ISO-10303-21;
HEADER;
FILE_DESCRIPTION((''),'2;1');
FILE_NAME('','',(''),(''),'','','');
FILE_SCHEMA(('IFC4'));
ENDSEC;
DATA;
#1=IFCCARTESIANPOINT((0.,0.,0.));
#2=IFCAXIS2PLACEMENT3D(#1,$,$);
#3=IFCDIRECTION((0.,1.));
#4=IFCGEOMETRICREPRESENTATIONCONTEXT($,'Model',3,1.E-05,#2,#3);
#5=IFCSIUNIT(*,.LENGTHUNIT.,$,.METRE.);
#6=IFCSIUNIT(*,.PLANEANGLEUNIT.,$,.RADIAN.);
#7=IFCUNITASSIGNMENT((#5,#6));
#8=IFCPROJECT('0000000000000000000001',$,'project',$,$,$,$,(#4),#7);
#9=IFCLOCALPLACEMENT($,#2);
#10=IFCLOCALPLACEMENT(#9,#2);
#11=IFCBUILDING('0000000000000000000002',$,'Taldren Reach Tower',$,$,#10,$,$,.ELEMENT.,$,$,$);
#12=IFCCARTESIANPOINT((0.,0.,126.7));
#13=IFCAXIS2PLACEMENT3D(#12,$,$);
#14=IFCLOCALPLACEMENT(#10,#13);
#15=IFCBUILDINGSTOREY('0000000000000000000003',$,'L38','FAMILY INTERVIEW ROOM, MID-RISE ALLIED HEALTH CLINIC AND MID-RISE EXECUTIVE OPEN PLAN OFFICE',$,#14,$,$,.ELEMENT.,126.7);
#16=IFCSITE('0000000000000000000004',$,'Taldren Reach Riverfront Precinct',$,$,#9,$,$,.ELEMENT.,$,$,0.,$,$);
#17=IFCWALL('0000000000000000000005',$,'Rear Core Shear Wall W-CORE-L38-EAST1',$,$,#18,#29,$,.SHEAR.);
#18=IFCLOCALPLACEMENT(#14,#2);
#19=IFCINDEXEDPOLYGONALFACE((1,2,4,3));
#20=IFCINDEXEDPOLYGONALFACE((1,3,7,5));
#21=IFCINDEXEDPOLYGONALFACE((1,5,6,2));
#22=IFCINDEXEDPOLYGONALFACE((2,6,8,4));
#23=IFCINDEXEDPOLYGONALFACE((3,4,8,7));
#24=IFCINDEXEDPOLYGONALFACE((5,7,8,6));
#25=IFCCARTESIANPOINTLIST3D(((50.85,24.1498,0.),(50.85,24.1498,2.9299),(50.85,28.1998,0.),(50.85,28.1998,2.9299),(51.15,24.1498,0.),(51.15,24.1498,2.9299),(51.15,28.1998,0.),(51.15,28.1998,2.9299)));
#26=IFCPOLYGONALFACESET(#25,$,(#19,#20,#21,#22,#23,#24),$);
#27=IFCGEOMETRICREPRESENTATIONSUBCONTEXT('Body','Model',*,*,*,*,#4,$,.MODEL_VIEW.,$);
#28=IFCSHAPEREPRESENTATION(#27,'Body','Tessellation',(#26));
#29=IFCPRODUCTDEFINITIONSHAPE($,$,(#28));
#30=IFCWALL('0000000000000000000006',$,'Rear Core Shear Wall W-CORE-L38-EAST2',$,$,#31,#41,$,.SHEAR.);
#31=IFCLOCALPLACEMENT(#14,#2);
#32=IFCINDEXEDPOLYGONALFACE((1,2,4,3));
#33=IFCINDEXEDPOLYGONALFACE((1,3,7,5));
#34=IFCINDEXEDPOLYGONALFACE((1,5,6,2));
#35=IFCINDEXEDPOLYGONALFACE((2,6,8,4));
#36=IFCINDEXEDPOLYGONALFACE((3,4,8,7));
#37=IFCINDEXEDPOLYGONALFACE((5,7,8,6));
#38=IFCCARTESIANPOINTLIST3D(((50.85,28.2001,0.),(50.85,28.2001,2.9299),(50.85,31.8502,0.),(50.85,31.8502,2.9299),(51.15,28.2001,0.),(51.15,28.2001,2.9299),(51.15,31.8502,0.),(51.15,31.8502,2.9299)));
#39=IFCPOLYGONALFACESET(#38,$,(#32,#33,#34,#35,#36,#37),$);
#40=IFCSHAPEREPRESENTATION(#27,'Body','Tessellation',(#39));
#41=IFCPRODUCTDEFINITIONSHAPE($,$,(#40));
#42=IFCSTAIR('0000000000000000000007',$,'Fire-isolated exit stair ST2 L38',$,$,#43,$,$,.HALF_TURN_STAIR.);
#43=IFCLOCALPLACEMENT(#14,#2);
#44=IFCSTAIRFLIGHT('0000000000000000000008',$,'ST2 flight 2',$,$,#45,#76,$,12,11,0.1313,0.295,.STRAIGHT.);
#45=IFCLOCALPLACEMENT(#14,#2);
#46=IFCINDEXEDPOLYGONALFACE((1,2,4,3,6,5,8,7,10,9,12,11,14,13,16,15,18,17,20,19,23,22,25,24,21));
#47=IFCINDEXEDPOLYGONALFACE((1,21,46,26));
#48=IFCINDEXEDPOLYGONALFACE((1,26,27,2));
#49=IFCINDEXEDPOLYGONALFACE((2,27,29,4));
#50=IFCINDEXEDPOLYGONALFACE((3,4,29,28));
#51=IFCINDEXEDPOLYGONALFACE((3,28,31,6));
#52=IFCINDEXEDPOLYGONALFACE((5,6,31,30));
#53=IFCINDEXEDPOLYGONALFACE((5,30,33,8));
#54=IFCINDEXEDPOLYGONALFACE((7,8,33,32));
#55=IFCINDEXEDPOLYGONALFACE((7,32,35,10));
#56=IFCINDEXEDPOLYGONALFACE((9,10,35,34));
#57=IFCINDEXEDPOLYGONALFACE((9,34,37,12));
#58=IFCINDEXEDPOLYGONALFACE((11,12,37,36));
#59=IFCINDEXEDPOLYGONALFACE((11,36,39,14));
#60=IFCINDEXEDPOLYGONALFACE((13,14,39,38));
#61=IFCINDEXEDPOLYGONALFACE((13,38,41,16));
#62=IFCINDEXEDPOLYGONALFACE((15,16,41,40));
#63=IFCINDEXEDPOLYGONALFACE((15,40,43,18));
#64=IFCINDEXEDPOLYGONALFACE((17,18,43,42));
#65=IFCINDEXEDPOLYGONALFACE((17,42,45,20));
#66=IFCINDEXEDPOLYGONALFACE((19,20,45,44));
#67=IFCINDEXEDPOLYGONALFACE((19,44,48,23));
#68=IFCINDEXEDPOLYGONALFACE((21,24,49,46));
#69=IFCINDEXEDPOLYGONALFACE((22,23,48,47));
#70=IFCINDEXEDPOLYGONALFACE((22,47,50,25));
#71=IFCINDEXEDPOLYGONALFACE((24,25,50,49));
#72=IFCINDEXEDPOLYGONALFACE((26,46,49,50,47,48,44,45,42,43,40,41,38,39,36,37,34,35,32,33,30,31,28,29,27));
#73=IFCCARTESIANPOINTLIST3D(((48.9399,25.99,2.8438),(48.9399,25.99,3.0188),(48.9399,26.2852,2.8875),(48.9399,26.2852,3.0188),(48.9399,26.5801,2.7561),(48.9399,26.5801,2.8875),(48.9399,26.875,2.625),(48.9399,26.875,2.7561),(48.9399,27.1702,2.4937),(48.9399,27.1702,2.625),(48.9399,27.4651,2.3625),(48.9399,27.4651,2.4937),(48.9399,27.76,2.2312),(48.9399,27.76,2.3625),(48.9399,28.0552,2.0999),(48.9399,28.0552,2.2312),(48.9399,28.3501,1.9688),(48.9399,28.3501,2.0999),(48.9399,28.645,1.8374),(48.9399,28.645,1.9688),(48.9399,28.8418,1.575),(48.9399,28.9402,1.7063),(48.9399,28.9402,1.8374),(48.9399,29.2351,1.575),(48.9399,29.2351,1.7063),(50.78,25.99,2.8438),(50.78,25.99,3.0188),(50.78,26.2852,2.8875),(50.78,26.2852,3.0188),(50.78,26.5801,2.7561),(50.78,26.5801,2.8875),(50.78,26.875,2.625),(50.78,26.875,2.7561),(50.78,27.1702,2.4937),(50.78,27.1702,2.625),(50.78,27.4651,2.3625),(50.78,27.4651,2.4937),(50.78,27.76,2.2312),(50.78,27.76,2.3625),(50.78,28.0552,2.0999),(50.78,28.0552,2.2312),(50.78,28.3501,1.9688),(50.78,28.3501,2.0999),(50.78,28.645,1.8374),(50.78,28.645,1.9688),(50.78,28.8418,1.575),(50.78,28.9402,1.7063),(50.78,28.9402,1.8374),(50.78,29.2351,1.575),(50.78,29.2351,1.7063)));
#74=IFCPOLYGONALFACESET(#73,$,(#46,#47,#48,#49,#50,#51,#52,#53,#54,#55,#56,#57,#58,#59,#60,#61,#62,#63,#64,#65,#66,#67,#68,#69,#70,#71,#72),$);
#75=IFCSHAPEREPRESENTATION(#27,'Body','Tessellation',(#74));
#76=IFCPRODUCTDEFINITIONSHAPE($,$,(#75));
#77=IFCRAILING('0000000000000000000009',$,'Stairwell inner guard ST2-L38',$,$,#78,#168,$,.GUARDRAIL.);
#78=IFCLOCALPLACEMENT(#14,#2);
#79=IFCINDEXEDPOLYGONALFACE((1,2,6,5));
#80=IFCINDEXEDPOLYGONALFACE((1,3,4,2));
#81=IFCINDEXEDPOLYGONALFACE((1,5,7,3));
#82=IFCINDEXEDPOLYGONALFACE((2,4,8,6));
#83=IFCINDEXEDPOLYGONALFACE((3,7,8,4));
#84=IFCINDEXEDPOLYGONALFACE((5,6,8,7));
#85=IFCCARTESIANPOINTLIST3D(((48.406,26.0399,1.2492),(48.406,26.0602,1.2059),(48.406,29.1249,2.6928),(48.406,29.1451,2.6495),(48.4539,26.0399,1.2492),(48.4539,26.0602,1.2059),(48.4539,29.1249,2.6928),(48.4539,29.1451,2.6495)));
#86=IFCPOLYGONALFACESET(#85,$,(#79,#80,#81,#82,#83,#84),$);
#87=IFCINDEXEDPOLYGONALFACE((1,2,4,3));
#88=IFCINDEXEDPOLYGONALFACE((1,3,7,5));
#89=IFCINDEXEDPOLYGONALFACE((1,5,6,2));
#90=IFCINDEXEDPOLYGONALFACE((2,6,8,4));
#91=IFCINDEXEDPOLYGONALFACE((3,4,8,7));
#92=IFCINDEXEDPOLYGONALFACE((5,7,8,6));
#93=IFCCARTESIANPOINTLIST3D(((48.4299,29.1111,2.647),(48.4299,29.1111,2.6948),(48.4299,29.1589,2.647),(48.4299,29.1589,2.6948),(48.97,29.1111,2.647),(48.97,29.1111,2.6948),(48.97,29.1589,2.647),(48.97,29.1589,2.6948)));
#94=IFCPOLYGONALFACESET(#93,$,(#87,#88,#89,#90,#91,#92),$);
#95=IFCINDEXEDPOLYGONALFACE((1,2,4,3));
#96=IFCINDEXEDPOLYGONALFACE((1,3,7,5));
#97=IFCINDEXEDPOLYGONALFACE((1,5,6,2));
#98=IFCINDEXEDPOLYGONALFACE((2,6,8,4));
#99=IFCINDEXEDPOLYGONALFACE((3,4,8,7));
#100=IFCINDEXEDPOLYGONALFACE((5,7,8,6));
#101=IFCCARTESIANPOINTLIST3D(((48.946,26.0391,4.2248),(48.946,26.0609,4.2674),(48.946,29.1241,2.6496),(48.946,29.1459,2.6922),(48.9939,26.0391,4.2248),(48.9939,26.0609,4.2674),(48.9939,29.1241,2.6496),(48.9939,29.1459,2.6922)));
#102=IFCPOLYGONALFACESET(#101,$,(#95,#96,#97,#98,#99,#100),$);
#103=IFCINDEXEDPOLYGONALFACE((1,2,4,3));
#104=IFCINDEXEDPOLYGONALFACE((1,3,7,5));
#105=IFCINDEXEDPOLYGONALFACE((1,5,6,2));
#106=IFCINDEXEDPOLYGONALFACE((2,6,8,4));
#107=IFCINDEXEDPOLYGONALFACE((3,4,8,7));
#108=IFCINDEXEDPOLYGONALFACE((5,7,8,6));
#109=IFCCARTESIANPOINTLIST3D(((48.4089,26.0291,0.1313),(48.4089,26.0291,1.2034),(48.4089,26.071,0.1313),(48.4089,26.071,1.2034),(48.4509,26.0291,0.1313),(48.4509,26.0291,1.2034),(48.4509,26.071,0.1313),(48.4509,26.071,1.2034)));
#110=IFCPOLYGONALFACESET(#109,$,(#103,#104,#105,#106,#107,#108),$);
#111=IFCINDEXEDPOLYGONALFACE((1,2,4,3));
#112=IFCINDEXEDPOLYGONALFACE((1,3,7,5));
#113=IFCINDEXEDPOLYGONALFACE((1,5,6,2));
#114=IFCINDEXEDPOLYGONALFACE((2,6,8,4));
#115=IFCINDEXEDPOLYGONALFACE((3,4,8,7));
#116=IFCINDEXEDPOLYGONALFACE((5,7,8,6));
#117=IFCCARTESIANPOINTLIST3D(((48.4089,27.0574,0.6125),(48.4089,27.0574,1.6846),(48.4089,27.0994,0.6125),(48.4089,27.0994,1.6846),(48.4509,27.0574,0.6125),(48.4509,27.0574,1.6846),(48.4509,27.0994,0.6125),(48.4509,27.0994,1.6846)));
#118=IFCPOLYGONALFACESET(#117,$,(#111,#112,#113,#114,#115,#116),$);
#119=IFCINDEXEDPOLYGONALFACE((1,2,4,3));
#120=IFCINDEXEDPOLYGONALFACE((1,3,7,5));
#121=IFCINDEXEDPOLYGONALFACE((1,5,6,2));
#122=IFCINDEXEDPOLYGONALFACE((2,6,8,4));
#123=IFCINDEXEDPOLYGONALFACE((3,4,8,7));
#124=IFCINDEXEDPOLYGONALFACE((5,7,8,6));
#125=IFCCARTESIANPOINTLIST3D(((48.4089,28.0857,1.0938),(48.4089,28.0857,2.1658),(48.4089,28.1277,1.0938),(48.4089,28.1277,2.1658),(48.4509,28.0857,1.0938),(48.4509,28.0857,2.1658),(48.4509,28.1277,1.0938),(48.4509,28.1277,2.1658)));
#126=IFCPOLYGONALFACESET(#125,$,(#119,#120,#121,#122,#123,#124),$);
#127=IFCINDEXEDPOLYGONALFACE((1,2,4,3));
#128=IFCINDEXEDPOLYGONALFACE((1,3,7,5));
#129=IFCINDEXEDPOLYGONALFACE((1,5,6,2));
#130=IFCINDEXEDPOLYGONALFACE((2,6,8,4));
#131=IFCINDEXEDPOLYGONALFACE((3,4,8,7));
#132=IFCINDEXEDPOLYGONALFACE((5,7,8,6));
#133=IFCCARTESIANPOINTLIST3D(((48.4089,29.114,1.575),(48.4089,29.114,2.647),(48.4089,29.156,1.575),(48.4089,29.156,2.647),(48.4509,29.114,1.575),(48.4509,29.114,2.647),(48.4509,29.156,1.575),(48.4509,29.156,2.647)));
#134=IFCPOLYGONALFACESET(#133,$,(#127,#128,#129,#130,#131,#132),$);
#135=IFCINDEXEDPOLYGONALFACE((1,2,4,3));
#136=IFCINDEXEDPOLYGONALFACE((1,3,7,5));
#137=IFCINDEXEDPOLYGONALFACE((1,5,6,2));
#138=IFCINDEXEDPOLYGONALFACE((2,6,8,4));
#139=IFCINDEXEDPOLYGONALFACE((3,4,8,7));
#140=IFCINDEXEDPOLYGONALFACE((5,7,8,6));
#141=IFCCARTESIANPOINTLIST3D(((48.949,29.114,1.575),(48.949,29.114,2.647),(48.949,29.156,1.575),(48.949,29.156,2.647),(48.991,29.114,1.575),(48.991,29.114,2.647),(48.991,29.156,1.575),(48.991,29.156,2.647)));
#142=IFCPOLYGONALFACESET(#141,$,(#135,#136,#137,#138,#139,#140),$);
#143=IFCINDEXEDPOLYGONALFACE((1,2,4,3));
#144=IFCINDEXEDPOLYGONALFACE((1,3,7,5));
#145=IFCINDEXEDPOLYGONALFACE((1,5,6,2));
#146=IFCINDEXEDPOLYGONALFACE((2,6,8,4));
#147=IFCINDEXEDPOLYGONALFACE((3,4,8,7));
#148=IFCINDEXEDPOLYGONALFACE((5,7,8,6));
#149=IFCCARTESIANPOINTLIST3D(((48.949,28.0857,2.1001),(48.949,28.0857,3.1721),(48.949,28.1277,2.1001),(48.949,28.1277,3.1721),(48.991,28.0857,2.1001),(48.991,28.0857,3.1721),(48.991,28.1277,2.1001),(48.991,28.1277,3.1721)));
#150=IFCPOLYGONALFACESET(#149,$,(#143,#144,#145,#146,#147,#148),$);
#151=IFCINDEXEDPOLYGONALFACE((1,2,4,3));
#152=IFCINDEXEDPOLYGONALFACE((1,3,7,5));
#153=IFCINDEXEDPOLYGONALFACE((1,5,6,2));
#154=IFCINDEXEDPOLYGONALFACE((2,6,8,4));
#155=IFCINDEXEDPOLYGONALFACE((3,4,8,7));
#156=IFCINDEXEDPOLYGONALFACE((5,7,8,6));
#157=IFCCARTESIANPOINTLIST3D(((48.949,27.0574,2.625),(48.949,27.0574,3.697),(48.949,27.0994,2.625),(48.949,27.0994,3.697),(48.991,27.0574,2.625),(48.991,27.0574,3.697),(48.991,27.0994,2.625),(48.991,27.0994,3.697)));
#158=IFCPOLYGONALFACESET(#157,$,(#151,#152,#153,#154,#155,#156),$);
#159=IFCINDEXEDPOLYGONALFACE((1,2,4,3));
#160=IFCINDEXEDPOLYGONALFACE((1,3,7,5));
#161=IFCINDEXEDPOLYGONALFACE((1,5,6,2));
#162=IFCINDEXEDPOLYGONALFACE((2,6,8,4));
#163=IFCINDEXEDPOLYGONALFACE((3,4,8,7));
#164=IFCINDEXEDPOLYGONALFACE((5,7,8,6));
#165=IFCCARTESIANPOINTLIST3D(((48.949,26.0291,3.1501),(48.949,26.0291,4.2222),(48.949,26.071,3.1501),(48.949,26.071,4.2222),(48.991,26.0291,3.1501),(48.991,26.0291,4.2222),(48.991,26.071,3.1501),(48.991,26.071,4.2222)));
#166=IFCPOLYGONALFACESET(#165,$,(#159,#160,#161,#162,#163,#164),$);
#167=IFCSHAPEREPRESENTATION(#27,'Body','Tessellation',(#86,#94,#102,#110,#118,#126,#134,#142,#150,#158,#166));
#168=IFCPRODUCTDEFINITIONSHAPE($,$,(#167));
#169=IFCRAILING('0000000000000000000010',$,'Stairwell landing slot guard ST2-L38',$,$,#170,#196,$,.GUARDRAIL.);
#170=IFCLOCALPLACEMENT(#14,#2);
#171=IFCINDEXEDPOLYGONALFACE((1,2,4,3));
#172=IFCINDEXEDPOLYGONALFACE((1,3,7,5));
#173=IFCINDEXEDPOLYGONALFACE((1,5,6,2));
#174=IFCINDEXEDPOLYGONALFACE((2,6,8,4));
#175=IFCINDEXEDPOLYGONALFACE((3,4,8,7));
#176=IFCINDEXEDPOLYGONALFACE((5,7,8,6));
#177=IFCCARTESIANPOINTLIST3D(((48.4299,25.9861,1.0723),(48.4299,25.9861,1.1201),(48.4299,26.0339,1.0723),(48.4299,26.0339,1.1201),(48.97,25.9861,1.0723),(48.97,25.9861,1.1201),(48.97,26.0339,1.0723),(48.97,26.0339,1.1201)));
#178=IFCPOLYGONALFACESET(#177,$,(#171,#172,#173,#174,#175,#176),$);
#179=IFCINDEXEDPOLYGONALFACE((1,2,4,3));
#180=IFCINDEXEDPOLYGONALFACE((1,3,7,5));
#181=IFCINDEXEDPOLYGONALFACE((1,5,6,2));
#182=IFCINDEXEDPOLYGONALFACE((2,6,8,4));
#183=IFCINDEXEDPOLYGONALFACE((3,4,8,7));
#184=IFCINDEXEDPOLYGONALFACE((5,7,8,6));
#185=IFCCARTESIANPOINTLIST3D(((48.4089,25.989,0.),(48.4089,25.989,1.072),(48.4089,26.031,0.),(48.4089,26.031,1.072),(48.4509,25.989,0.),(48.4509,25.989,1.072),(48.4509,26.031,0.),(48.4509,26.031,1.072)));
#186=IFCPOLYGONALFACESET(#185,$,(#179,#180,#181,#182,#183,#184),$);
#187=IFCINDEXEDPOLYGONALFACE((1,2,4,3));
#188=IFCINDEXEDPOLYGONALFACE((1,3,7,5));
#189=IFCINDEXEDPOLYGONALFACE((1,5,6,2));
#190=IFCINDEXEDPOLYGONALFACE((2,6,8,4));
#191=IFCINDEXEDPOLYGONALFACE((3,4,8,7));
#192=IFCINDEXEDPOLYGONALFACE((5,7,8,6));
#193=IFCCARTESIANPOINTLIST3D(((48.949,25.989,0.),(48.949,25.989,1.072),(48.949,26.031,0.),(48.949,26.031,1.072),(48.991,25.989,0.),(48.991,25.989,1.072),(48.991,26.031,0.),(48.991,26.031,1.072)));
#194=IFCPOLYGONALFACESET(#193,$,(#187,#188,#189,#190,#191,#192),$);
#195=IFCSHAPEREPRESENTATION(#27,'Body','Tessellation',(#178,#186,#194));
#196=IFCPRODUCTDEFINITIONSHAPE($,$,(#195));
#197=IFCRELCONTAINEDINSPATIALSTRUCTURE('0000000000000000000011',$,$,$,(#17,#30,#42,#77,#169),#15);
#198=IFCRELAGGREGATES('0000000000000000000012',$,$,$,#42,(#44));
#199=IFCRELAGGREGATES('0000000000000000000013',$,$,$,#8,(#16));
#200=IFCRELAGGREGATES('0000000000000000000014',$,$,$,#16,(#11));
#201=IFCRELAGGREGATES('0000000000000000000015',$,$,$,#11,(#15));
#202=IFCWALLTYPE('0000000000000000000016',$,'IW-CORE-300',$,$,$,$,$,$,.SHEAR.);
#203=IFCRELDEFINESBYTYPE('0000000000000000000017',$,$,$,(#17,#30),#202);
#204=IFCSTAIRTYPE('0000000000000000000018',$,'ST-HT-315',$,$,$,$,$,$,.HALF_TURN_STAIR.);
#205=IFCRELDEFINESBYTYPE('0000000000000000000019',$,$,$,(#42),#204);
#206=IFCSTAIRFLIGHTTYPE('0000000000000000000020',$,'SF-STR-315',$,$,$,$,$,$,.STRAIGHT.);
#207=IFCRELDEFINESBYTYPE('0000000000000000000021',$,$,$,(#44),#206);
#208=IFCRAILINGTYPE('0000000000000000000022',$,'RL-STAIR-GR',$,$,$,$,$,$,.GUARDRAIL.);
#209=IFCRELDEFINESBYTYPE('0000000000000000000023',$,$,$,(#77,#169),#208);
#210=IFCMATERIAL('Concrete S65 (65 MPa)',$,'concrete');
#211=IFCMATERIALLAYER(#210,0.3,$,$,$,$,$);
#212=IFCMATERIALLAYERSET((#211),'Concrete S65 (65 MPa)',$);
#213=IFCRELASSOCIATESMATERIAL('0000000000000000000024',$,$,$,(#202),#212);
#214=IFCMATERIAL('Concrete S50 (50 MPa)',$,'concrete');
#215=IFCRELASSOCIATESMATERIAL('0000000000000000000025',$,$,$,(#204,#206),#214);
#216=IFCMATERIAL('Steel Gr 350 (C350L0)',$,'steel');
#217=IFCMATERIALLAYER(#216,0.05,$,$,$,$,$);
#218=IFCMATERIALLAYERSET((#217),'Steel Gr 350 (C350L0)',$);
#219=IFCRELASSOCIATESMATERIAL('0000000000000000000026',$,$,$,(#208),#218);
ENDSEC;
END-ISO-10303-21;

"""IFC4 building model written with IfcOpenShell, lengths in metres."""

from ifc_helpers import new_model, si_unit, direction, frame, frame_2d, origin, origin_2d, place, context, subcontext, project, spatial, polyline, rectangle, outline, extrude, source, transform, mapped, material, layer, layer_set, type_object, element, aggregate, save


model = new_model("IFC4")

# Units and contexts
model_context = context("Model", 3, precision=1e-05, world=origin(), true_north=direction((0.0, 1.0)))
body_context = subcontext(model_context, "Body", "Model", "MODEL_VIEW")
ifc_project = project(units=[si_unit("LENGTHUNIT", "METRE"), si_unit("PLANEANGLEUNIT", "RADIAN")], contexts=[model_context])

# Site, building, storey
site_placement = place(None, origin())
site = spatial("IfcSite", under=ifc_project, at=site_placement, Name="Taldren Reach Riverfront Precinct", CompositionType="ELEMENT", RefElevation=0.0)
building_placement = place(site_placement, origin())
building = spatial("IfcBuilding", under=site, at=building_placement, Name="Taldren Reach Tower", CompositionType="ELEMENT")
storey_placement = place(building_placement, frame((0.0, 0.0, 126.7)))
storey = spatial("IfcBuildingStorey", under=building, at=storey_placement, Name="L38", Description="FAMILY INTERVIEW ROOM, MID-RISE ALLIED HEALTH CLINIC AND MID-RISE EXECUTIVE OPEN PLAN OFFICE", CompositionType="ELEMENT", Elevation=126.7)

# Shared definitions
ifc_material_1 = material(Name="Steel Gr 350 (C350L0)", Category="steel")

# Walls
ifc_material_2 = material(Name="Concrete S65 (65 MPa)", Category="concrete")
ifc_layer_1 = layer(ifc_material_2, 0.3)
ifc_layer_set_1 = layer_set([ifc_layer_1], Name="Concrete S65 (65 MPa)")
wall_type = type_object("IfcWallType", Name="IW-CORE-300", PredefinedType="SHEAR", material=ifc_layer_set_1)
shared_shape_1 = source(origin(), body_context, "Body", "SweptSolid", [
    extrude(rectangle(XDim=4.05, YDim=0.3, at=frame_2d((2.0249, 0.0))), origin(), (0.0, 0.0, 1.0), 2.9299),
])
wall_1_placement = place(storey_placement, frame((51.0, 24.1499, 0.0), z_axis=(0.0, 0.0, 1.0), x_axis=(0.0, 1.0, 0.0)))
element("IfcWall", 1, at=wall_1_placement, inside=storey, type_object=wall_type, Name="Rear Core Shear Wall W-CORE-L38-EAST1", PredefinedType="SHEAR", context=body_context, shape_type="MappedRepresentation", body=[
    mapped(shared_shape_1, transform((0.0, 0.0, 0.0), scale=1.0)),
])
shared_shape_2 = source(origin(), body_context, "Body", "SweptSolid", [
    extrude(rectangle(XDim=3.6501, YDim=0.3, at=frame_2d((1.8252, 0.0))), origin(), (0.0, 0.0, 1.0), 2.9299),
])
wall_2_placement = place(storey_placement, frame((51.0, 28.2, 0.0), z_axis=(0.0, 0.0, 1.0), x_axis=(0.0, 1.0, 0.0)))
element("IfcWall", 2, at=wall_2_placement, inside=storey, type_object=wall_type, Name="Rear Core Shear Wall W-CORE-L38-EAST2", PredefinedType="SHEAR", context=body_context, shape_type="MappedRepresentation", body=[
    mapped(shared_shape_2, transform((0.0, 0.0, 0.0), scale=1.0)),
])

# Stair, stair flight
ifc_material_3 = material(Name="Concrete S50 (50 MPa)", Category="concrete")
stair_type = type_object("IfcStairType", Name="ST-HT-315", PredefinedType="HALF_TURN_STAIR", material=ifc_material_3)
stair_placement = place(storey_placement, origin())
stair = element("IfcStair", 3, at=stair_placement, inside=storey, type_object=stair_type, Name="Fire-isolated exit stair ST2 L38", PredefinedType="HALF_TURN_STAIR")
stair_flight_type = type_object("IfcStairFlightType", Name="SF-STR-315", PredefinedType="STRAIGHT", material=ifc_material_3)
stair_flight_placement = place(storey_placement, frame((49.8601, 29.2351, 1.575), z_axis=(0.0, 0.0, 1.0), x_axis=(0.0, -1.0, 0.0)))
stair_flight = element("IfcStairFlight", 4, at=stair_flight_placement, type_object=stair_flight_type, Name="ST2 flight 2", NumberOfRisers=12, NumberOfTreads=11, PredefinedType="STRAIGHT", RiserHeight=0.1313, TreadLength=0.295, context=body_context, shape_type="SweptSolid", body=[
    extrude(outline(polyline([(0.0, 0.0), (0.0, 0.1313), (0.2949, 0.1313), (0.2949, 0.2625), (0.5901, 0.2625), (0.5901, 0.3938), (0.885, 0.3938), (0.885, 0.5249), (1.1799, 0.5249), (1.1799, 0.6562), (1.4751, 0.6562), (1.4751, 0.7876), (1.77, 0.7876), (1.77, 0.9187), (2.0649, 0.9187), (2.0649, 1.05), (2.3601, 1.05), (2.3601, 1.1812), (2.655, 1.1812), (2.655, 1.3125), (2.95, 1.3125), (2.95, 1.4438), (3.2451, 1.4438), (3.2451, 1.575), (3.2451, 1.2688), (0.3933, 0.0), (0.0, 0.0)])), frame((0.0, 0.9199, 0.0), z_axis=(0.0, -1.0, 0.0), x_axis=(1.0, 0.0, 0.0)), (0.0, 0.0, 1.0), 1.8401),
])
aggregate(stair, [stair_flight])

# Railings
ifc_layer_2 = layer(ifc_material_1, 0.05)
ifc_layer_set_2 = layer_set([ifc_layer_2], Name="Steel Gr 350 (C350L0)")
railing_type_1 = type_object("IfcRailingType", Name="RL-STAIR-GR", PredefinedType="GUARDRAIL", material=ifc_layer_set_2)
railing_1_placement = place(storey_placement, frame((48.4299, 26.05, 0.1313)))
element("IfcRailing", 5, at=railing_1_placement, inside=storey, type_object=railing_type_1, Name="Stairwell inner guard ST2-L38", PredefinedType="GUARDRAIL", context=body_context, shape_type="SweptSolid", body=[
    extrude(rectangle(XDim=0.0479, YDim=0.0479, at=origin_2d()), frame((0.0, 0.0, 1.0962), z_axis=(0.0, 0.905738, 0.423839), x_axis=(-1.0, 0.0, 0.0)), (0.0, 0.0, 1.0), 3.406),
    extrude(rectangle(XDim=0.0479, YDim=0.0479, at=origin_2d()), frame((0.0, 3.085, 2.5396), z_axis=(1.0, 0.0, 0.0), x_axis=(0.0, 1.0, 0.0)), (0.0, 0.0, 1.0), 0.54),
    extrude(rectangle(XDim=0.0479, YDim=0.0479, at=origin_2d()), frame((0.54, 3.085, 2.5396), z_axis=(0.0, -0.890617, 0.454753), x_axis=(1.0, 0.0, 0.0)), (0.0, 0.0, 1.0), 3.4639),
    extrude(rectangle(XDim=0.042, YDim=0.042, at=origin_2d()), origin(), (0.0, 0.0, 1.0), 1.072),
    extrude(rectangle(XDim=0.042, YDim=0.042, at=origin_2d()), frame((0.0, 1.0283, 0.4812)), (0.0, 0.0, 1.0), 1.072),
    extrude(rectangle(XDim=0.042, YDim=0.042, at=origin_2d()), frame((0.0, 2.0566, 0.9624)), (0.0, 0.0, 1.0), 1.072),
    extrude(rectangle(XDim=0.042, YDim=0.042, at=origin_2d()), frame((0.0, 3.085, 1.4436)), (0.0, 0.0, 1.0), 1.072),
    extrude(rectangle(XDim=0.042, YDim=0.042, at=origin_2d()), frame((0.54, 3.085, 1.4436)), (0.0, 0.0, 1.0), 1.072),
    extrude(rectangle(XDim=0.042, YDim=0.042, at=origin_2d()), frame((0.54, 2.0566, 1.9688)), (0.0, 0.0, 1.0), 1.072),
    extrude(rectangle(XDim=0.042, YDim=0.042, at=origin_2d()), frame((0.54, 1.0283, 2.4937)), (0.0, 0.0, 1.0), 1.072),
    extrude(rectangle(XDim=0.042, YDim=0.042, at=origin_2d()), frame((0.54, 0.0, 3.0188)), (0.0, 0.0, 1.0), 1.072),
])
railing_2_placement = place(storey_placement, frame((48.4299, 26.01, 0.0)))
element("IfcRailing", 6, at=railing_2_placement, inside=storey, type_object=railing_type_1, Name="Stairwell landing slot guard ST2-L38", PredefinedType="GUARDRAIL", context=body_context, shape_type="SweptSolid", body=[
    extrude(rectangle(XDim=0.0479, YDim=0.0479, at=origin_2d()), frame((0.0, 0.0, 1.0962), z_axis=(1.0, 0.0, 0.0), x_axis=(0.0, 1.0, 0.0)), (0.0, 0.0, 1.0), 0.54),
    extrude(rectangle(XDim=0.042, YDim=0.042, at=origin_2d()), origin(), (0.0, 0.0, 1.0), 1.072),
    extrude(rectangle(XDim=0.042, YDim=0.042, at=origin_2d()), frame((0.54, 0.0, 0.0)), (0.0, 0.0, 1.0), 1.072),
])

save(model, "model.ifc")
